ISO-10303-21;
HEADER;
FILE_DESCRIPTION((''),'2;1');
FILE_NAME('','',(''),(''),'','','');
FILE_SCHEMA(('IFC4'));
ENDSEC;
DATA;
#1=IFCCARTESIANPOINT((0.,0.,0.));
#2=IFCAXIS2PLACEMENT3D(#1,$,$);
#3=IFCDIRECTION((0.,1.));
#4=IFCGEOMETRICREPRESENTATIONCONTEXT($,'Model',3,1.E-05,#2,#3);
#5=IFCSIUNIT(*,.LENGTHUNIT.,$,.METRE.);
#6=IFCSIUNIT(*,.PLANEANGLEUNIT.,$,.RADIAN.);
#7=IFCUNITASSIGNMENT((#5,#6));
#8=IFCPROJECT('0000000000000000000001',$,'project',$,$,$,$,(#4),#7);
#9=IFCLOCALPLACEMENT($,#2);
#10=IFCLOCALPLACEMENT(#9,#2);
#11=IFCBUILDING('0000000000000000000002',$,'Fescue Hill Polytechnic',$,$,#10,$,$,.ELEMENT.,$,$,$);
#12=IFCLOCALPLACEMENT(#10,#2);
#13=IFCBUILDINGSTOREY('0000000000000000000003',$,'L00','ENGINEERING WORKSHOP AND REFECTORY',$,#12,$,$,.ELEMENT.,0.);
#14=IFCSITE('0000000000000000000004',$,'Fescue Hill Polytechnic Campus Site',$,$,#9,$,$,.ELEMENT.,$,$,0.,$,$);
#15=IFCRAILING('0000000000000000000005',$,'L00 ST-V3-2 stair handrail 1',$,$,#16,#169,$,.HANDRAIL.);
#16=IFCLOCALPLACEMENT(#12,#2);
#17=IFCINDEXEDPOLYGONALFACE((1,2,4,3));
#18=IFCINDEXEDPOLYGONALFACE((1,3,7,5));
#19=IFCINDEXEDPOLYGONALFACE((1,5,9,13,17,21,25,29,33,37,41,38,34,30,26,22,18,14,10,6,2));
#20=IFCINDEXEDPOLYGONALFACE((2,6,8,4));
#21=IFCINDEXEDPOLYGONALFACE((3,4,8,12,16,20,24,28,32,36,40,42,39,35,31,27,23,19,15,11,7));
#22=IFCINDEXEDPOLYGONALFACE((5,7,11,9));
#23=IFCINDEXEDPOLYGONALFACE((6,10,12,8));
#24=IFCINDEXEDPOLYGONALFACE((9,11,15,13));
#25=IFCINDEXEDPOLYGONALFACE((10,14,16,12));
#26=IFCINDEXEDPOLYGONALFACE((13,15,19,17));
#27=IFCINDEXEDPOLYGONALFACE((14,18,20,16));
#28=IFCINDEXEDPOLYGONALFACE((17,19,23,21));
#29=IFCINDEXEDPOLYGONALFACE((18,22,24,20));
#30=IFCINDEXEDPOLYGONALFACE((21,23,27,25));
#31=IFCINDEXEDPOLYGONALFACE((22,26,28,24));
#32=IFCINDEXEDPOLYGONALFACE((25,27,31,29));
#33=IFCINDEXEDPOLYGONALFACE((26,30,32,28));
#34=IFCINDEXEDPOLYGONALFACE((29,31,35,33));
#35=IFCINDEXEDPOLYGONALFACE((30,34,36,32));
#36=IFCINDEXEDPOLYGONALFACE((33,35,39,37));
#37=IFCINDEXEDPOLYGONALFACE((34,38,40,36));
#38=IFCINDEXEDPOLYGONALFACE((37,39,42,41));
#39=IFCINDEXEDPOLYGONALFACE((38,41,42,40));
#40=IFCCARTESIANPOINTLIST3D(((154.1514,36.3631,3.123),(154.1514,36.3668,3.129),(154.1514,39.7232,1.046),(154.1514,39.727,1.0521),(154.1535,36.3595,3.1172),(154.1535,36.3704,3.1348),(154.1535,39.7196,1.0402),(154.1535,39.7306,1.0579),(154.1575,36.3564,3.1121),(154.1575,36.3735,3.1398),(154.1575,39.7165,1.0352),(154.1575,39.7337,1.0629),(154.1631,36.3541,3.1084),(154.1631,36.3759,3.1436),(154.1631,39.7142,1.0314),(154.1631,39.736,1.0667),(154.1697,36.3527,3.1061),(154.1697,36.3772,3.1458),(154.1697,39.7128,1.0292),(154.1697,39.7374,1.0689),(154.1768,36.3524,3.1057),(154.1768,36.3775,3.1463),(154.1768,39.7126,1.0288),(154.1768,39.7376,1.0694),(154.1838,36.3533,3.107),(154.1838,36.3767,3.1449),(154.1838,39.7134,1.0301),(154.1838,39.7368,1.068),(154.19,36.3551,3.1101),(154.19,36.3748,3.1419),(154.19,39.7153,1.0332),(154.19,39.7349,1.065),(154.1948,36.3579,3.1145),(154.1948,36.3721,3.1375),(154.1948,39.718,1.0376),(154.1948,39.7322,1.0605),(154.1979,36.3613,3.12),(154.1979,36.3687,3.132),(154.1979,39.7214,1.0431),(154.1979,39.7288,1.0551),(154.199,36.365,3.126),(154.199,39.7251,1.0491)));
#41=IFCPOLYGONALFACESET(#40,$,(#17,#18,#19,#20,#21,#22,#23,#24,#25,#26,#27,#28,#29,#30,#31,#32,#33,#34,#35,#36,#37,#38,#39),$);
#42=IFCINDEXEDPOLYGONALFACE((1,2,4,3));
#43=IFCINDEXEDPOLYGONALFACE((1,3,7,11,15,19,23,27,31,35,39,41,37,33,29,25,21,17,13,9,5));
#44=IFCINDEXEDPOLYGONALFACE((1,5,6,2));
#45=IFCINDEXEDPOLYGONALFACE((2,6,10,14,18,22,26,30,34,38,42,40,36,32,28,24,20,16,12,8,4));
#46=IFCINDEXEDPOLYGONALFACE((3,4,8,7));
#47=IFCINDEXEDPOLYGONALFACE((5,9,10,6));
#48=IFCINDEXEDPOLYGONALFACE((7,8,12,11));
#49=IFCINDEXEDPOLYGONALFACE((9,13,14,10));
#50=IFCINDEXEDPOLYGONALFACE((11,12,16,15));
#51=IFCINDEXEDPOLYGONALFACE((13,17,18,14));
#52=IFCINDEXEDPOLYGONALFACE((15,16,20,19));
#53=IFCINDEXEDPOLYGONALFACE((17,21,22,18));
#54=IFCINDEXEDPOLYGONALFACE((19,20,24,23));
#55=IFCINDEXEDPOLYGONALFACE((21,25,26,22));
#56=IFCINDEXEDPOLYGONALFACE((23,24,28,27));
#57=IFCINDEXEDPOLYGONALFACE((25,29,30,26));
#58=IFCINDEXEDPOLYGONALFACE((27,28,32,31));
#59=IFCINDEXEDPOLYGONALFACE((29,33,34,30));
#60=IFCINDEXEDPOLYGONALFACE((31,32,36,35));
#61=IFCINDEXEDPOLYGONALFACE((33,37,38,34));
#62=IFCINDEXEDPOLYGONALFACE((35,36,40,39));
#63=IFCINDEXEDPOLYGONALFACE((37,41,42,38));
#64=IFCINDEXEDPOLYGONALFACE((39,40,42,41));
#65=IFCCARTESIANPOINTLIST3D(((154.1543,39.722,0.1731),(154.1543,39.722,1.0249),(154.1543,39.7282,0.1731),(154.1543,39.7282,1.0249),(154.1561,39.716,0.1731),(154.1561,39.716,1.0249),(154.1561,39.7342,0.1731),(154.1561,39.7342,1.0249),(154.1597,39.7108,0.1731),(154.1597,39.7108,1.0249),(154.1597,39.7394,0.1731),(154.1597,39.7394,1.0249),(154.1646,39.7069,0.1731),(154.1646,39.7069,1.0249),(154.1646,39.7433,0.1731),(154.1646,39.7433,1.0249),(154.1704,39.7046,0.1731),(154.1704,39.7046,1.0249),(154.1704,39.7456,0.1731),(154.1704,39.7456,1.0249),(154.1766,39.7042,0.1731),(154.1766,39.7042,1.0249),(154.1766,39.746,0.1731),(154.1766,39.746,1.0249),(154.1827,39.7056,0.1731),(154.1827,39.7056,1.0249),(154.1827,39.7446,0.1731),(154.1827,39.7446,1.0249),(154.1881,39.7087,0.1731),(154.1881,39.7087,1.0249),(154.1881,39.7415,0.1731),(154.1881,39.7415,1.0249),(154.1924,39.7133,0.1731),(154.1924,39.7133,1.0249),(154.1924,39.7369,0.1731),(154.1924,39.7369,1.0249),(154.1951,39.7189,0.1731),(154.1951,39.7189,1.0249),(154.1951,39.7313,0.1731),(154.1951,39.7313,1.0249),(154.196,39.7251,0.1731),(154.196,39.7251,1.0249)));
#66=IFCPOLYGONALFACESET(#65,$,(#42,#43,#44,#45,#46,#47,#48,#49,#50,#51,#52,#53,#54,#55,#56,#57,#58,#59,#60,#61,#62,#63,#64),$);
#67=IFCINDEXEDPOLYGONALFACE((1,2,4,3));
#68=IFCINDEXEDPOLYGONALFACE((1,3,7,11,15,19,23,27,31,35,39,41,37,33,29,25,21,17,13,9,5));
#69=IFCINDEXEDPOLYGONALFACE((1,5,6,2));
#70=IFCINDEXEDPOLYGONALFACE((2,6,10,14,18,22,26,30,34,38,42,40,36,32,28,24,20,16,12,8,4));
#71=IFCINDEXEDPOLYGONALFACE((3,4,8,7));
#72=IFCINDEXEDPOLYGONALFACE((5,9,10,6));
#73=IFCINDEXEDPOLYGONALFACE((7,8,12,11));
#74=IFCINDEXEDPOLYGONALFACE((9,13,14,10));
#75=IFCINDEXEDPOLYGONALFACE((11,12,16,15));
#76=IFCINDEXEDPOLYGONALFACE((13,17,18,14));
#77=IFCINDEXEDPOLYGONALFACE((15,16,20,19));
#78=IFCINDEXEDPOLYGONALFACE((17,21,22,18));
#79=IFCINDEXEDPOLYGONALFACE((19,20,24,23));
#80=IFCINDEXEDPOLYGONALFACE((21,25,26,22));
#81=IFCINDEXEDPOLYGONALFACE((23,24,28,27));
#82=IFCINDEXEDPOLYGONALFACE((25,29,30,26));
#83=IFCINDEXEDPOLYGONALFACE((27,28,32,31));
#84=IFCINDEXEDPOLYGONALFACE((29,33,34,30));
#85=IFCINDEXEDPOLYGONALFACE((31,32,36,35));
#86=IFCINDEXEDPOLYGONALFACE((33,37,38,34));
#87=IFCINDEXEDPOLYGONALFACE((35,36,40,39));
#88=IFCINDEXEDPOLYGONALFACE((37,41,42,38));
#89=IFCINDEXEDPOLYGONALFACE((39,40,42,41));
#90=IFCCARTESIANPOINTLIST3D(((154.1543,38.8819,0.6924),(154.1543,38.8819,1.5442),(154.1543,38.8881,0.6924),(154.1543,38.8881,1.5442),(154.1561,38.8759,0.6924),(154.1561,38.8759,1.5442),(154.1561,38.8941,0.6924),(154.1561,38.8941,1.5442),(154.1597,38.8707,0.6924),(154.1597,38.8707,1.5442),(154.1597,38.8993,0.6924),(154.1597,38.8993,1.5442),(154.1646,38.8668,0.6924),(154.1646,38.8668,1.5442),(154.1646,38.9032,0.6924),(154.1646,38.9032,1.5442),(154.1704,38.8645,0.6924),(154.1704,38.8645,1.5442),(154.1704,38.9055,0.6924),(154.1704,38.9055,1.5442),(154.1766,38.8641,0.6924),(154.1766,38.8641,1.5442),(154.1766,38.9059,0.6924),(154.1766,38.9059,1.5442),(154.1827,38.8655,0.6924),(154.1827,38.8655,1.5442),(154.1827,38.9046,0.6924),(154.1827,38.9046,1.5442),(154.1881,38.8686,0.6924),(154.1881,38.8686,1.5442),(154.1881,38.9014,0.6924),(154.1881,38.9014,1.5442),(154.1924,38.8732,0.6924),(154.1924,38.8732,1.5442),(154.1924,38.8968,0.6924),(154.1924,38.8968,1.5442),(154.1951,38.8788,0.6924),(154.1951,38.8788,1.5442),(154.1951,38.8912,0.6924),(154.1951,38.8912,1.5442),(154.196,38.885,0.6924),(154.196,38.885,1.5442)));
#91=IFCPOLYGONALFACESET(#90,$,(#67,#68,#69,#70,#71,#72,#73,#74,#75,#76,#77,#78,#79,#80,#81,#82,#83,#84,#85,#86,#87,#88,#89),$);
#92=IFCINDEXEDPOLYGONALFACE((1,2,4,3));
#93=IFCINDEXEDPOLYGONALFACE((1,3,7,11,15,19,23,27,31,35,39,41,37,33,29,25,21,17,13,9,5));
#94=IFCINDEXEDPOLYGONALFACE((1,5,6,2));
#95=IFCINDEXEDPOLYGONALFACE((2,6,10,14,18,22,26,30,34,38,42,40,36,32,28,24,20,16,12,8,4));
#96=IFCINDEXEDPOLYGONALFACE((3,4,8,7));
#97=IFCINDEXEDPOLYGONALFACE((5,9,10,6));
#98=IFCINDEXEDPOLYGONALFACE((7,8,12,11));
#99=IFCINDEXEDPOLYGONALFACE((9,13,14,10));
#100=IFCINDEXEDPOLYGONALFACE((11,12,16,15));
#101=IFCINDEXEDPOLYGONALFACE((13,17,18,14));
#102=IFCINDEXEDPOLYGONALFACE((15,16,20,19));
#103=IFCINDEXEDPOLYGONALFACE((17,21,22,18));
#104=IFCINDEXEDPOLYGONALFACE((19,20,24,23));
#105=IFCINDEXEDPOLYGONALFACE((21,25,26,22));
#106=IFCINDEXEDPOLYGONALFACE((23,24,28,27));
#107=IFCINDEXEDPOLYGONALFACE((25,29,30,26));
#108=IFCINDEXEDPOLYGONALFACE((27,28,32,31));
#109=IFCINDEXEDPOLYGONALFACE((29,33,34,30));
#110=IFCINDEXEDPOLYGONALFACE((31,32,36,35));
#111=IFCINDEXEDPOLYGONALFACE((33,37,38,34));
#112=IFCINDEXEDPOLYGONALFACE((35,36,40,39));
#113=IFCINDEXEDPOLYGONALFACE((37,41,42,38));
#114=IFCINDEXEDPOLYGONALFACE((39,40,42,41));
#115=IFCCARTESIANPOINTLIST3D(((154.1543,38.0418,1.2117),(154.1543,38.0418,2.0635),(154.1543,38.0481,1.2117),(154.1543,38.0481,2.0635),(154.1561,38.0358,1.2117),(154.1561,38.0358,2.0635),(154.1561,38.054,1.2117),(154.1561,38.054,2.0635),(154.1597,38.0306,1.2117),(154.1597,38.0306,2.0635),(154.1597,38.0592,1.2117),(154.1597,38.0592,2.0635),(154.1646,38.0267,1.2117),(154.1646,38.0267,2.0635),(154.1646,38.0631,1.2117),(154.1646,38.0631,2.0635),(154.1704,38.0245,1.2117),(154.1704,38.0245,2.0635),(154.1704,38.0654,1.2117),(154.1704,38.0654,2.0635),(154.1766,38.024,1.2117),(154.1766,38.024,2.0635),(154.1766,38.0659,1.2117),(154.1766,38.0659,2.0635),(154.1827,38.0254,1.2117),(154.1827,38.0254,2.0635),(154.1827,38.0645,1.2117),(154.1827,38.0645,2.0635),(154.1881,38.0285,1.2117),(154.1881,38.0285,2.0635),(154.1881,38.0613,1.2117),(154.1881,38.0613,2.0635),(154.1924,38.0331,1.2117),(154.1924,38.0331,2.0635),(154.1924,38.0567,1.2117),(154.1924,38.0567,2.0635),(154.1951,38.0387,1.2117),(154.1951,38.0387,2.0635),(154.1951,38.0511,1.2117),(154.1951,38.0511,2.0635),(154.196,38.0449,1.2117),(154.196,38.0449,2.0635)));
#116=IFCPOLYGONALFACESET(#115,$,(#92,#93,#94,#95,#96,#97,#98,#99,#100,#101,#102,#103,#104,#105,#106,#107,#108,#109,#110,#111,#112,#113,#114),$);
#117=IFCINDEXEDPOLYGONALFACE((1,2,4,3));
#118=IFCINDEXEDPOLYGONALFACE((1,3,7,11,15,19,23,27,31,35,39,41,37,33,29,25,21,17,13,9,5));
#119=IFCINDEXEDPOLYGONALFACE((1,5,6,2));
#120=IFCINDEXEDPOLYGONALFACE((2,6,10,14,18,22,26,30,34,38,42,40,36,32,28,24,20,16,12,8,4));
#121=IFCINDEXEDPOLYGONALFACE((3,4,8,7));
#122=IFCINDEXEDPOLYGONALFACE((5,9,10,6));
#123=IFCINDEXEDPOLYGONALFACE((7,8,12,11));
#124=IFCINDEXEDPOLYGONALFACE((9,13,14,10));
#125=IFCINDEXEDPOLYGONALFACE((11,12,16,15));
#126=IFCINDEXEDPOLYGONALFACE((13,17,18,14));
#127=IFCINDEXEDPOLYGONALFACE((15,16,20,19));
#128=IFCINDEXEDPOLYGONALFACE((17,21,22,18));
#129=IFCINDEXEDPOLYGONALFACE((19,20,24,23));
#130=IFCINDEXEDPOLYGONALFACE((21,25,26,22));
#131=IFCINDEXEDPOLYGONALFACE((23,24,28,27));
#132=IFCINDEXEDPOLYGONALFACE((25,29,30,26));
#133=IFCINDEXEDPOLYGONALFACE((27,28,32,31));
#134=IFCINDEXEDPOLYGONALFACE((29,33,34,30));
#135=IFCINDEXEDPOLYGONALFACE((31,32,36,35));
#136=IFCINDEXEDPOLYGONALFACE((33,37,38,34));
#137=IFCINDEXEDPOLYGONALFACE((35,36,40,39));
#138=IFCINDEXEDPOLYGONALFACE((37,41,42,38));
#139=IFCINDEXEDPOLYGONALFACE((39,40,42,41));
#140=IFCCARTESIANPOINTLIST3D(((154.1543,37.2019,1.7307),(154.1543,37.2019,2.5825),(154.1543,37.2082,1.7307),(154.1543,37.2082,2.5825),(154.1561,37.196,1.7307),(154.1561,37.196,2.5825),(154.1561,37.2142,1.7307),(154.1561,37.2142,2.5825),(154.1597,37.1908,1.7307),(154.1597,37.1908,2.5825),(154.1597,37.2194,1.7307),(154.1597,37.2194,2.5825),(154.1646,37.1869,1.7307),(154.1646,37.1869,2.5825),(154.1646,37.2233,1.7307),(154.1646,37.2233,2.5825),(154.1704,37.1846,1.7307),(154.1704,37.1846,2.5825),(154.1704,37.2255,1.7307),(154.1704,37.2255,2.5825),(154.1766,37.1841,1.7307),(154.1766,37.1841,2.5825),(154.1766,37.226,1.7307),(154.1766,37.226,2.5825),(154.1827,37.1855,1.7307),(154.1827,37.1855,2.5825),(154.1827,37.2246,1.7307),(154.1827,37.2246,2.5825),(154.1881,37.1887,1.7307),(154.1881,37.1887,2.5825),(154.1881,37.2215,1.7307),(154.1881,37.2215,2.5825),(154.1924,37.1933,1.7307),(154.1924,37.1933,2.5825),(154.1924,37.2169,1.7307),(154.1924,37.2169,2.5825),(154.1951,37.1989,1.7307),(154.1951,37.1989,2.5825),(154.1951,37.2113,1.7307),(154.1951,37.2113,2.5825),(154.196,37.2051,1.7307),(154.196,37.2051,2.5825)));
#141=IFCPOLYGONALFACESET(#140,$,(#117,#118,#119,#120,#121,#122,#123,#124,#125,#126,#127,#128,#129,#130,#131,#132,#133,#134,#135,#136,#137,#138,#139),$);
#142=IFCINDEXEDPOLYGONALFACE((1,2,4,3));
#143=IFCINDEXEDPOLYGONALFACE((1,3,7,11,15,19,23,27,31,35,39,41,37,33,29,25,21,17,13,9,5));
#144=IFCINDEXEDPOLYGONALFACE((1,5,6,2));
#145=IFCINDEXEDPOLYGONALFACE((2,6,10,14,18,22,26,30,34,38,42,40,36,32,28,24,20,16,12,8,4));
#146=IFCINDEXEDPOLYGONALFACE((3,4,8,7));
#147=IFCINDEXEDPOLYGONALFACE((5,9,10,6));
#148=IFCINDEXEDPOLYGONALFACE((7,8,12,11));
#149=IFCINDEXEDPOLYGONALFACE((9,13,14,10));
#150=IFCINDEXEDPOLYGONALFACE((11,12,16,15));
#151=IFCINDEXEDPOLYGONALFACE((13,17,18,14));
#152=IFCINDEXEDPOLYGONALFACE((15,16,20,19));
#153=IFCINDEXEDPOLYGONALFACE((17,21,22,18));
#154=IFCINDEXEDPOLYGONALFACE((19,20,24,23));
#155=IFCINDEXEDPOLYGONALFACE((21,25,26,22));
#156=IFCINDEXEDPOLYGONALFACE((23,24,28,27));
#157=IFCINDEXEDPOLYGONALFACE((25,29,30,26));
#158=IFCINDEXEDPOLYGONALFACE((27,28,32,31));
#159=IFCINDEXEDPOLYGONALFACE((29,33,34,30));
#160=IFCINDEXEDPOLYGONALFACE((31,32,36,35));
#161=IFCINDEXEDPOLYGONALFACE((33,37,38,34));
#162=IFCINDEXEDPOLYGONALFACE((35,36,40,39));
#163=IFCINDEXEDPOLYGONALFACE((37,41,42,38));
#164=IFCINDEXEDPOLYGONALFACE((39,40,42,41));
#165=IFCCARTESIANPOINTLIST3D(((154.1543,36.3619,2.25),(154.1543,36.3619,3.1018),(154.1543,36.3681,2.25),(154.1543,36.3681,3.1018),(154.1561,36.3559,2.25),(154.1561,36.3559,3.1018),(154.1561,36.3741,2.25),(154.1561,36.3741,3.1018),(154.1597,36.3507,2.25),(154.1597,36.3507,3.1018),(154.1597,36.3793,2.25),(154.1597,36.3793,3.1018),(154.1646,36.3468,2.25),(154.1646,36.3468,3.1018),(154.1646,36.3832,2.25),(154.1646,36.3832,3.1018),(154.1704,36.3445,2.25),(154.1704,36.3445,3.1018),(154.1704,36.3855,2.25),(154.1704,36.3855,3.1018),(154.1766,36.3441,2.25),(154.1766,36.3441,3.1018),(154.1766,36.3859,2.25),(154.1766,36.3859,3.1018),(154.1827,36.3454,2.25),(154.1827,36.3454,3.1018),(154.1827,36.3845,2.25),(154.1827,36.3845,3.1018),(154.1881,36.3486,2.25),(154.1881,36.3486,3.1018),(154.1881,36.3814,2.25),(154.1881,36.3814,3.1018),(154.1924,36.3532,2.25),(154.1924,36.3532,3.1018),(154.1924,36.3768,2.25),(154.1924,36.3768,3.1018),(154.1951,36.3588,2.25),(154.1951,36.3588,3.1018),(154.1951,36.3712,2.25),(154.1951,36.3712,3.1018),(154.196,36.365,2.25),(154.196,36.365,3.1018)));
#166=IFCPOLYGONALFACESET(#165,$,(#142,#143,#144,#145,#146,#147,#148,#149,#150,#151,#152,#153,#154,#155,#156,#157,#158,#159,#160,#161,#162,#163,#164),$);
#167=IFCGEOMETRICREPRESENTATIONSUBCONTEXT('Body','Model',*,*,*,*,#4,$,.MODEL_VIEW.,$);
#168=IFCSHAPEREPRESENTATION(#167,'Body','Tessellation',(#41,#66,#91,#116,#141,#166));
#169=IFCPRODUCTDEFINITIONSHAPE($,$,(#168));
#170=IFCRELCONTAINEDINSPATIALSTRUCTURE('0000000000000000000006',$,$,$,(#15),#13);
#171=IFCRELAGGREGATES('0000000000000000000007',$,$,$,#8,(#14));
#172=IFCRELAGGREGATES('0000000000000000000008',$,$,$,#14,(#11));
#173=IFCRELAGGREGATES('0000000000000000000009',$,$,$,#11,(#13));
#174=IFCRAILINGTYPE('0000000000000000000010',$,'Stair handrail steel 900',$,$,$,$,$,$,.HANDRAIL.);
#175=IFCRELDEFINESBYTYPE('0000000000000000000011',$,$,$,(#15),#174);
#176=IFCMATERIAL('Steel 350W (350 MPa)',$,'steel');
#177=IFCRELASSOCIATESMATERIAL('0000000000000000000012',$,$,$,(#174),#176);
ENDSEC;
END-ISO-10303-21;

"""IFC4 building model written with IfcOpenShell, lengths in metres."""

from ifc_helpers import new_model, si_unit, direction, frame, origin, origin_2d, place, context, subcontext, project, spatial, circle, extrude, material, type_object, element, save


model = new_model("IFC4")

# Units and contexts
model_context = context("Model", 3, precision=1e-05, world=origin(), true_north=direction((0.0, 1.0)))
body_context = subcontext(model_context, "Body", "Model", "MODEL_VIEW")
ifc_project = project(units=[si_unit("LENGTHUNIT", "METRE"), si_unit("PLANEANGLEUNIT", "RADIAN")], contexts=[model_context])

# Site, building, storey
site_placement = place(None, origin())
site = spatial("IfcSite", under=ifc_project, at=site_placement, Name="Fescue Hill Polytechnic Campus Site", CompositionType="ELEMENT", RefElevation=0.0)
building_placement = place(site_placement, origin())
building = spatial("IfcBuilding", under=site, at=building_placement, Name="Fescue Hill Polytechnic", CompositionType="ELEMENT")
storey_placement = place(building_placement, origin())
storey = spatial("IfcBuildingStorey", under=building, at=storey_placement, Name="L00", Description="ENGINEERING WORKSHOP AND REFECTORY", CompositionType="ELEMENT", Elevation=0.0)

# Railing
ifc_material_1 = material(Name="Steel 350W (350 MPa)", Category="steel")
railing_type_1 = type_object("IfcRailingType", Name="Stair handrail steel 900", PredefinedType="HANDRAIL", material=ifc_material_1)
railing_1_placement = place(storey_placement, frame((154.175, 39.7251, 0.1731)))
element("IfcRailing", 1, at=railing_1_placement, inside=storey, type_object=railing_type_1, Name="L00 ST-V3-2 stair handrail 1", PredefinedType="HANDRAIL", context=body_context, shape_type="SweptSolid", body=[
    extrude(circle(Radius=0.0239, at=origin_2d()), frame((0.0, 0.0, 0.876), z_axis=(0.0, -0.850623, 0.525776), x_axis=(1.0, 0.0, 0.0)), (0.0, 0.0, 1.0), 3.9502),
    extrude(circle(Radius=0.021, at=origin_2d()), origin(), (0.0, 0.0, 1.0), 0.8518),
    extrude(circle(Radius=0.021, at=origin_2d()), frame((0.0, -0.8401, 0.5193)), (0.0, 0.0, 1.0), 0.8518),
    extrude(circle(Radius=0.021, at=origin_2d()), frame((0.0, -1.6802, 1.0386)), (0.0, 0.0, 1.0), 0.8518),
    extrude(circle(Radius=0.021, at=origin_2d()), frame((0.0, -2.52, 1.5576)), (0.0, 0.0, 1.0), 0.8518),
    extrude(circle(Radius=0.021, at=origin_2d()), frame((0.0, -3.3601, 2.0769)), (0.0, 0.0, 1.0), 0.8518),
])

save(model, "model.ifc")
